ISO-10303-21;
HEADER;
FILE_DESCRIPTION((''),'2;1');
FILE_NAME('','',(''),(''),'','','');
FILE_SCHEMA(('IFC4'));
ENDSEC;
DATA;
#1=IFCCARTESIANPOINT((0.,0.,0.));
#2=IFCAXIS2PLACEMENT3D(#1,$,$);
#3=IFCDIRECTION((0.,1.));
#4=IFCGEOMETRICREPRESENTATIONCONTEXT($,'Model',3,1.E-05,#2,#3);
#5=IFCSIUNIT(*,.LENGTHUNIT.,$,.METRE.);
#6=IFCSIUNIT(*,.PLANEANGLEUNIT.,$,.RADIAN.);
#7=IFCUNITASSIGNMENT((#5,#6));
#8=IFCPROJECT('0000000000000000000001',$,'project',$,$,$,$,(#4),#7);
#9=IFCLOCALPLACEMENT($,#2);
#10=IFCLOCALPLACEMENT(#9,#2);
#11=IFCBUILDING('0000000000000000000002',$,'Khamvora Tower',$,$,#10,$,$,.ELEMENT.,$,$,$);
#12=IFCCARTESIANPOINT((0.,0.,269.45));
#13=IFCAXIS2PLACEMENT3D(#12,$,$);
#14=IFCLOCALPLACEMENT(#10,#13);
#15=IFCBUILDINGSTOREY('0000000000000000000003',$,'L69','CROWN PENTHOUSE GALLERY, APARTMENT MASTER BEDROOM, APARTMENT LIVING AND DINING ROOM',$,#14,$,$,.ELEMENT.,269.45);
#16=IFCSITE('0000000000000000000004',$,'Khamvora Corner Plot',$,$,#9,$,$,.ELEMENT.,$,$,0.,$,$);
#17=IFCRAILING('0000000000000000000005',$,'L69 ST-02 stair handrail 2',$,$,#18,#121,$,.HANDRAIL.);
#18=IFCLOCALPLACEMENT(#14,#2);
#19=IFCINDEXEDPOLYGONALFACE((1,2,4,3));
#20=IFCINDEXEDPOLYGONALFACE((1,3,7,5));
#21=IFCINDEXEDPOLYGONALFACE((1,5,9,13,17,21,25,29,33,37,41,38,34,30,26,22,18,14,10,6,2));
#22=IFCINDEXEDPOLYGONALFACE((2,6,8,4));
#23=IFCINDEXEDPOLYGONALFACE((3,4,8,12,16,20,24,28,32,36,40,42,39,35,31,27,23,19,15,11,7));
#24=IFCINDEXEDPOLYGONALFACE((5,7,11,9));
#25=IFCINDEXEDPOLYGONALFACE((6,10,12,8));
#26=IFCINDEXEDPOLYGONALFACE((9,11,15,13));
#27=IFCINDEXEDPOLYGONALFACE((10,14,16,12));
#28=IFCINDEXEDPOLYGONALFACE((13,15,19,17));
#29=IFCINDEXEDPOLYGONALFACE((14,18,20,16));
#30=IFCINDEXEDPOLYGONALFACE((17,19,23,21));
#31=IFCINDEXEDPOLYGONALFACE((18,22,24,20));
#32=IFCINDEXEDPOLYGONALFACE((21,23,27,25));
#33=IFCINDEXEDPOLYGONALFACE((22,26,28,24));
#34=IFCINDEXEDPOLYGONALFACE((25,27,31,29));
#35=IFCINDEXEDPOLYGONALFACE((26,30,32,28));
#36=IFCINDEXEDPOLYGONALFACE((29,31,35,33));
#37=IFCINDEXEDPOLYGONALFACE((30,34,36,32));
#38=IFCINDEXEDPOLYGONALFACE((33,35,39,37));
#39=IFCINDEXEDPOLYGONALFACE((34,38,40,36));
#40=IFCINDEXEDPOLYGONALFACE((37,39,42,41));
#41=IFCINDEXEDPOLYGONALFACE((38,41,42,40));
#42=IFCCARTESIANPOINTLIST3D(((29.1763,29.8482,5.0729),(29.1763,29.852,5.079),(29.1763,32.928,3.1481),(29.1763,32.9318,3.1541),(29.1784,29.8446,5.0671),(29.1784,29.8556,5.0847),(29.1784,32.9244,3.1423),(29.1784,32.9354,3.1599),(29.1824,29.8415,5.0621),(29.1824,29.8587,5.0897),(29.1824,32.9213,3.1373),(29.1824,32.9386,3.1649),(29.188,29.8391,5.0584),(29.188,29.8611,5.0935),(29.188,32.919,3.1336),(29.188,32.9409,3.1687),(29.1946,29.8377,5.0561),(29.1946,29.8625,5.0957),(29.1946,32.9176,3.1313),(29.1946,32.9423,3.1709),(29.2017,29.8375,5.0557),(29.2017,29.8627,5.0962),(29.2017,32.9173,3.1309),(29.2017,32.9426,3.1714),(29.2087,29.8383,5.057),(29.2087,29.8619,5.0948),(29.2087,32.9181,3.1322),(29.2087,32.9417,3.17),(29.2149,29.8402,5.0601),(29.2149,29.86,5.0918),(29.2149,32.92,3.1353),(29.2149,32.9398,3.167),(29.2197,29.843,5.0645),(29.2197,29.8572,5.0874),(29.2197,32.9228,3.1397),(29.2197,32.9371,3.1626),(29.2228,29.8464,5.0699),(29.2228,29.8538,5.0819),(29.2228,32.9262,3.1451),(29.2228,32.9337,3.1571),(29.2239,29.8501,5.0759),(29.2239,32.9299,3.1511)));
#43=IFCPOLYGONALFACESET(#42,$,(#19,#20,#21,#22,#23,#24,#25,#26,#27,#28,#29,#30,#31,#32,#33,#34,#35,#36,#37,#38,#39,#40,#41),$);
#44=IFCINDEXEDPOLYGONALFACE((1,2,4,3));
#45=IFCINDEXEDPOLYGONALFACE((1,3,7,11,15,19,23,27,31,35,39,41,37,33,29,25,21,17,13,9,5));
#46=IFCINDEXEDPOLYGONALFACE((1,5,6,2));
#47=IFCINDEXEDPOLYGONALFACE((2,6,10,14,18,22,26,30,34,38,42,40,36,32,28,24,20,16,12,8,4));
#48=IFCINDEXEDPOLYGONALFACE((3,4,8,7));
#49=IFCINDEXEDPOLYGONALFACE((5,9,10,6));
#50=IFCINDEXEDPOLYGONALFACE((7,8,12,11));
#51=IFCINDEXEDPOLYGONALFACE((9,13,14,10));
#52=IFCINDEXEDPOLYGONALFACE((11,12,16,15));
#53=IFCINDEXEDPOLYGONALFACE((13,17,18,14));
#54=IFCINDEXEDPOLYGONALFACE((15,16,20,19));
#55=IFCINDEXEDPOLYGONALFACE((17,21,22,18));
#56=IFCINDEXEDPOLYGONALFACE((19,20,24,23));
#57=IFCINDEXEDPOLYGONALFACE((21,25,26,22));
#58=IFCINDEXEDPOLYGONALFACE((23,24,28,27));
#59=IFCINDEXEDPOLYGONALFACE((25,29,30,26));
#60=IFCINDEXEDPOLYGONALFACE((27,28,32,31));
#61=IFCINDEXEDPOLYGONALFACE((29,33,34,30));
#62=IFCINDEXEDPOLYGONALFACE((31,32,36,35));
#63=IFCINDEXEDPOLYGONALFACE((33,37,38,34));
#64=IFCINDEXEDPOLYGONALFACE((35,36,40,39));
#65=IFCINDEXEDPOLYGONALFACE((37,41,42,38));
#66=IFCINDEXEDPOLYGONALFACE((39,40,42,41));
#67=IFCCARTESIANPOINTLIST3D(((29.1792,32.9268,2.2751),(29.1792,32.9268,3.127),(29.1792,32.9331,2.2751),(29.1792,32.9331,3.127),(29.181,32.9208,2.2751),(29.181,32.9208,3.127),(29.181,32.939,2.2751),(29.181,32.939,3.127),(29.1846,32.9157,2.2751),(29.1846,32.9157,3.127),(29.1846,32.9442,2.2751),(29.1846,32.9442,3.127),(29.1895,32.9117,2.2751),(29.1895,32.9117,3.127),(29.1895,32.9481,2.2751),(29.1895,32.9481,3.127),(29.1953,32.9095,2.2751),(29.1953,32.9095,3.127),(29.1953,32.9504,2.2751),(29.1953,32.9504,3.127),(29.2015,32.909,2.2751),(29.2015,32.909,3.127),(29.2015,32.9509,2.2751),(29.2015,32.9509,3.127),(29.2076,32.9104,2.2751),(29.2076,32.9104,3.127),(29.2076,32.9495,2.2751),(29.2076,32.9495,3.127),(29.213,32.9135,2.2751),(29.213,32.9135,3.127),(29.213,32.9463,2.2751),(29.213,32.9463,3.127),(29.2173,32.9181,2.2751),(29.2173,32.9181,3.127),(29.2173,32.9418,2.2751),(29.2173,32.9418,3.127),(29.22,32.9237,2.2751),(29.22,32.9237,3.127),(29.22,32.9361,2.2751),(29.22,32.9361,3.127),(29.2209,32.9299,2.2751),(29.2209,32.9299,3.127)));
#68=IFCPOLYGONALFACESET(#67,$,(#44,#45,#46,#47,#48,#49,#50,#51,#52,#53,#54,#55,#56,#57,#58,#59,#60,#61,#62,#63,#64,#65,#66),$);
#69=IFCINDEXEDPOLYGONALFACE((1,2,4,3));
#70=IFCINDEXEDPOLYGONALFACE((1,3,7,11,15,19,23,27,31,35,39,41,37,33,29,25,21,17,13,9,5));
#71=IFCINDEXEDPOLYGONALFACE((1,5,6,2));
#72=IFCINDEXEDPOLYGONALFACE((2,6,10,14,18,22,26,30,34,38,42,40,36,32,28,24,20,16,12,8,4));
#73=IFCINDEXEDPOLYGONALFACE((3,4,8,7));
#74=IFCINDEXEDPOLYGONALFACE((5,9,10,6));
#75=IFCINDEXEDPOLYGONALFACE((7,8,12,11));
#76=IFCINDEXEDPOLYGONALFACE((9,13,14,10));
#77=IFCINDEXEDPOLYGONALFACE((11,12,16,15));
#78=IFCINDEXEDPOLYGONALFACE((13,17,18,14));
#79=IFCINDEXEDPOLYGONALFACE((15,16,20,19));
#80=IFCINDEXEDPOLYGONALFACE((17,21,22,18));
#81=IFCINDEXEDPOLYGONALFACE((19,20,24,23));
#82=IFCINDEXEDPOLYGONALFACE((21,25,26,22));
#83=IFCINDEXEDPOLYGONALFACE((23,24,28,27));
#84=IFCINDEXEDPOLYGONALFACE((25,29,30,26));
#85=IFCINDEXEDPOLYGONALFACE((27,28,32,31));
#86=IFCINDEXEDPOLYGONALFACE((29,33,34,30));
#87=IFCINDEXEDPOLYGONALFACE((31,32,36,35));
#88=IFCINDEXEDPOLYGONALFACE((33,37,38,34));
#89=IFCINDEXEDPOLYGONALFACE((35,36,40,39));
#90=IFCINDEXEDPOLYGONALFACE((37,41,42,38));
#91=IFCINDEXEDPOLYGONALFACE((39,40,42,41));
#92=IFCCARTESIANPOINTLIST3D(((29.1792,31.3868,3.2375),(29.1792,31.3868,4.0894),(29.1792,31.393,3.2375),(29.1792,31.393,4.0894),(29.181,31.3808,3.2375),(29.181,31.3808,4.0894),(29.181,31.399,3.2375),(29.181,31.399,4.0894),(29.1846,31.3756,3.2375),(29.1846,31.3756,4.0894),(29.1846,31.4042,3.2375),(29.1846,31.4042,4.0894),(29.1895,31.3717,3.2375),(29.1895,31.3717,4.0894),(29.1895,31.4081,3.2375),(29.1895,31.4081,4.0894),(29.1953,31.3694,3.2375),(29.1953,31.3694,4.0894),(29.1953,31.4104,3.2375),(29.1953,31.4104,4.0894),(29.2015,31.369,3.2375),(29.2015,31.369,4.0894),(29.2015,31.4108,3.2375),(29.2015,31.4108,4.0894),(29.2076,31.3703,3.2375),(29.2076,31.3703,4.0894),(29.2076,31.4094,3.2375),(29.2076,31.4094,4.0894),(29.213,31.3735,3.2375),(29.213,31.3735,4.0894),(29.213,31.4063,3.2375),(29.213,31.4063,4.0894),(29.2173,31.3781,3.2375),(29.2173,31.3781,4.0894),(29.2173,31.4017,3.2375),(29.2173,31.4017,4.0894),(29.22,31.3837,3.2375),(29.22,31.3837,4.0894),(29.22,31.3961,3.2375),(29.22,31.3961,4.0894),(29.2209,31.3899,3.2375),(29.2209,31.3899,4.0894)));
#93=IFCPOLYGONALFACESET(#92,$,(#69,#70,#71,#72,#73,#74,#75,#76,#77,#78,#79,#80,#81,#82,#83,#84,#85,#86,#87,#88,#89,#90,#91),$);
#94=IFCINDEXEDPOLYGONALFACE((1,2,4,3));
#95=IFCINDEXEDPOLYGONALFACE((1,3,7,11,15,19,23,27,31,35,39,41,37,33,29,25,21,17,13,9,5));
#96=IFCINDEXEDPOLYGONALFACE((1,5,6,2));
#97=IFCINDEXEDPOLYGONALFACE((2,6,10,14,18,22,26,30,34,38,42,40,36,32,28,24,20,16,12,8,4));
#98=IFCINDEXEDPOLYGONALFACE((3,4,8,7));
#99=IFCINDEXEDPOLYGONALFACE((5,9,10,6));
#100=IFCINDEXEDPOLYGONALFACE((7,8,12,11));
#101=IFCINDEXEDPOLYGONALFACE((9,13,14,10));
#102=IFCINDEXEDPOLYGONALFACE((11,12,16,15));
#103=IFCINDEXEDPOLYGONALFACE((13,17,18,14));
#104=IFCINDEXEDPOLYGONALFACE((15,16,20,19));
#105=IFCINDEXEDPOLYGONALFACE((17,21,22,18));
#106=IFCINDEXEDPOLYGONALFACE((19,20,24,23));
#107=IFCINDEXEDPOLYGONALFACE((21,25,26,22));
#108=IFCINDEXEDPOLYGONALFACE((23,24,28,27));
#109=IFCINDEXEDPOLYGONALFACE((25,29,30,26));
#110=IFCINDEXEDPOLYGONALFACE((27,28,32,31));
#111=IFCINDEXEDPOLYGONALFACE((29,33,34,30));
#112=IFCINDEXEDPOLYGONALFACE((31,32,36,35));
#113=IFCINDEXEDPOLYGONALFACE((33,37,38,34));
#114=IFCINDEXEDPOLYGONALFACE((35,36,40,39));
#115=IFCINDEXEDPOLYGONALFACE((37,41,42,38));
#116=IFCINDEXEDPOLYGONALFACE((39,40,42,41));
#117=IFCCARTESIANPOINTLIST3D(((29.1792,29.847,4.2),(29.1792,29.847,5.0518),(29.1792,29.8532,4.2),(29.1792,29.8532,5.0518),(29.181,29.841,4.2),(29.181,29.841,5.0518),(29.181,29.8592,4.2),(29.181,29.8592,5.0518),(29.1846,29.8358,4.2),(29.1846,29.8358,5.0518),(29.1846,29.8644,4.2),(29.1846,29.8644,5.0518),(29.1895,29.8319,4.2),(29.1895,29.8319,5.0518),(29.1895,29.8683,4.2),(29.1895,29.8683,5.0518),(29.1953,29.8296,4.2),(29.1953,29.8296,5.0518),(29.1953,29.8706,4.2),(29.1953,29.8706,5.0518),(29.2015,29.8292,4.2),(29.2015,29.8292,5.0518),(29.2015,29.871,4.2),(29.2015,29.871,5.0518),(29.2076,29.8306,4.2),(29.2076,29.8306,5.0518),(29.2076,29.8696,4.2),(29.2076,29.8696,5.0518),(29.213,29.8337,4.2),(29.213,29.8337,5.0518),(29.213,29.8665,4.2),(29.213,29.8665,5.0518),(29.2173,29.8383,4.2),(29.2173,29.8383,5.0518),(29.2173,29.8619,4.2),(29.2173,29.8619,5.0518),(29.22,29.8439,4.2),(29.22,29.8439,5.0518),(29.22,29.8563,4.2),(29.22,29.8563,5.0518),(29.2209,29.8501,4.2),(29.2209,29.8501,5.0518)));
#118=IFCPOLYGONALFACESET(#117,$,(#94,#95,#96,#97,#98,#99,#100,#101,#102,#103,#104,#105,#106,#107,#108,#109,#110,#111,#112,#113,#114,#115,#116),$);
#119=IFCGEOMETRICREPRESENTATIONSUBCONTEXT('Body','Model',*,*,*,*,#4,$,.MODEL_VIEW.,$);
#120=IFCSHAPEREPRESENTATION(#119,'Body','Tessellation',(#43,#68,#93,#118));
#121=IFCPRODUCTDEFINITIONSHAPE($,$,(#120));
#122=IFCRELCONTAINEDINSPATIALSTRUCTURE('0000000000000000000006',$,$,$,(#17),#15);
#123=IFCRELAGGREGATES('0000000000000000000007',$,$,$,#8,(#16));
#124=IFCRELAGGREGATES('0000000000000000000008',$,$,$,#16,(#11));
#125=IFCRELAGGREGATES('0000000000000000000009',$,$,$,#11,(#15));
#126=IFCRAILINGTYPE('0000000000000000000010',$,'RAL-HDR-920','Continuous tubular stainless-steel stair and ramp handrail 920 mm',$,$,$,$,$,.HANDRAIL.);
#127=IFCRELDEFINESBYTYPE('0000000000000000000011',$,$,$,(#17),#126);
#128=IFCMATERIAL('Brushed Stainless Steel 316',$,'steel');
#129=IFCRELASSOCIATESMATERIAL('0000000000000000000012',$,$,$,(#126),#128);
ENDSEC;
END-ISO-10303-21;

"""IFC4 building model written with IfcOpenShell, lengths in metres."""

from ifc_helpers import new_model, si_unit, direction, frame, origin, origin_2d, place, context, subcontext, project, spatial, circle, extrude, material, type_object, element, save


model = new_model("IFC4")

# Units and contexts
model_context = context("Model", 3, precision=1e-05, world=origin(), true_north=direction((0.0, 1.0)))
body_context = subcontext(model_context, "Body", "Model", "MODEL_VIEW")
ifc_project = project(units=[si_unit("LENGTHUNIT", "METRE"), si_unit("PLANEANGLEUNIT", "RADIAN")], contexts=[model_context])

# Site, building, storey
site_placement = place(None, origin())
site = spatial("IfcSite", under=ifc_project, at=site_placement, Name="Khamvora Corner Plot", CompositionType="ELEMENT", RefElevation=0.0)
building_placement = place(site_placement, origin())
building = spatial("IfcBuilding", under=site, at=building_placement, Name="Khamvora Tower", CompositionType="ELEMENT")
storey_placement = place(building_placement, frame((0.0, 0.0, 269.45)))
storey = spatial("IfcBuildingStorey", under=building, at=storey_placement, Name="L69", Description="CROWN PENTHOUSE GALLERY, APARTMENT MASTER BEDROOM, APARTMENT LIVING AND DINING ROOM", CompositionType="ELEMENT", Elevation=269.45)

# Railing
ifc_material_1 = material(Name="Brushed Stainless Steel 316", Category="steel")
railing_type_1 = type_object("IfcRailingType", Name="RAL-HDR-920", Description="Continuous tubular stainless-steel stair and ramp handrail 920 mm", PredefinedType="HANDRAIL", material=ifc_material_1)
railing_1_placement = place(storey_placement, frame((29.2, 32.9299, 2.2751)))
element("IfcRailing", 1, at=railing_1_placement, inside=storey, type_object=railing_type_1, Name="L69 ST-02 stair handrail 2", PredefinedType="HANDRAIL", context=body_context, shape_type="SweptSolid", body=[
    extrude(circle(Radius=0.0239, at=origin_2d()), frame((0.0, 0.0, 0.876), z_axis=(0.0, -0.84801, 0.529981), x_axis=(1.0, 0.0, 0.0)), (0.0, 0.0, 1.0), 3.6318),
    extrude(circle(Radius=0.021, at=origin_2d()), origin(), (0.0, 0.0, 1.0), 0.8518),
    extrude(circle(Radius=0.021, at=origin_2d()), frame((0.0, -1.54, 0.9624)), (0.0, 0.0, 1.0), 0.8518),
    extrude(circle(Radius=0.021, at=origin_2d()), frame((0.0, -3.0798, 1.9248)), (0.0, 0.0, 1.0), 0.8518),
])

save(model, "model.ifc")
